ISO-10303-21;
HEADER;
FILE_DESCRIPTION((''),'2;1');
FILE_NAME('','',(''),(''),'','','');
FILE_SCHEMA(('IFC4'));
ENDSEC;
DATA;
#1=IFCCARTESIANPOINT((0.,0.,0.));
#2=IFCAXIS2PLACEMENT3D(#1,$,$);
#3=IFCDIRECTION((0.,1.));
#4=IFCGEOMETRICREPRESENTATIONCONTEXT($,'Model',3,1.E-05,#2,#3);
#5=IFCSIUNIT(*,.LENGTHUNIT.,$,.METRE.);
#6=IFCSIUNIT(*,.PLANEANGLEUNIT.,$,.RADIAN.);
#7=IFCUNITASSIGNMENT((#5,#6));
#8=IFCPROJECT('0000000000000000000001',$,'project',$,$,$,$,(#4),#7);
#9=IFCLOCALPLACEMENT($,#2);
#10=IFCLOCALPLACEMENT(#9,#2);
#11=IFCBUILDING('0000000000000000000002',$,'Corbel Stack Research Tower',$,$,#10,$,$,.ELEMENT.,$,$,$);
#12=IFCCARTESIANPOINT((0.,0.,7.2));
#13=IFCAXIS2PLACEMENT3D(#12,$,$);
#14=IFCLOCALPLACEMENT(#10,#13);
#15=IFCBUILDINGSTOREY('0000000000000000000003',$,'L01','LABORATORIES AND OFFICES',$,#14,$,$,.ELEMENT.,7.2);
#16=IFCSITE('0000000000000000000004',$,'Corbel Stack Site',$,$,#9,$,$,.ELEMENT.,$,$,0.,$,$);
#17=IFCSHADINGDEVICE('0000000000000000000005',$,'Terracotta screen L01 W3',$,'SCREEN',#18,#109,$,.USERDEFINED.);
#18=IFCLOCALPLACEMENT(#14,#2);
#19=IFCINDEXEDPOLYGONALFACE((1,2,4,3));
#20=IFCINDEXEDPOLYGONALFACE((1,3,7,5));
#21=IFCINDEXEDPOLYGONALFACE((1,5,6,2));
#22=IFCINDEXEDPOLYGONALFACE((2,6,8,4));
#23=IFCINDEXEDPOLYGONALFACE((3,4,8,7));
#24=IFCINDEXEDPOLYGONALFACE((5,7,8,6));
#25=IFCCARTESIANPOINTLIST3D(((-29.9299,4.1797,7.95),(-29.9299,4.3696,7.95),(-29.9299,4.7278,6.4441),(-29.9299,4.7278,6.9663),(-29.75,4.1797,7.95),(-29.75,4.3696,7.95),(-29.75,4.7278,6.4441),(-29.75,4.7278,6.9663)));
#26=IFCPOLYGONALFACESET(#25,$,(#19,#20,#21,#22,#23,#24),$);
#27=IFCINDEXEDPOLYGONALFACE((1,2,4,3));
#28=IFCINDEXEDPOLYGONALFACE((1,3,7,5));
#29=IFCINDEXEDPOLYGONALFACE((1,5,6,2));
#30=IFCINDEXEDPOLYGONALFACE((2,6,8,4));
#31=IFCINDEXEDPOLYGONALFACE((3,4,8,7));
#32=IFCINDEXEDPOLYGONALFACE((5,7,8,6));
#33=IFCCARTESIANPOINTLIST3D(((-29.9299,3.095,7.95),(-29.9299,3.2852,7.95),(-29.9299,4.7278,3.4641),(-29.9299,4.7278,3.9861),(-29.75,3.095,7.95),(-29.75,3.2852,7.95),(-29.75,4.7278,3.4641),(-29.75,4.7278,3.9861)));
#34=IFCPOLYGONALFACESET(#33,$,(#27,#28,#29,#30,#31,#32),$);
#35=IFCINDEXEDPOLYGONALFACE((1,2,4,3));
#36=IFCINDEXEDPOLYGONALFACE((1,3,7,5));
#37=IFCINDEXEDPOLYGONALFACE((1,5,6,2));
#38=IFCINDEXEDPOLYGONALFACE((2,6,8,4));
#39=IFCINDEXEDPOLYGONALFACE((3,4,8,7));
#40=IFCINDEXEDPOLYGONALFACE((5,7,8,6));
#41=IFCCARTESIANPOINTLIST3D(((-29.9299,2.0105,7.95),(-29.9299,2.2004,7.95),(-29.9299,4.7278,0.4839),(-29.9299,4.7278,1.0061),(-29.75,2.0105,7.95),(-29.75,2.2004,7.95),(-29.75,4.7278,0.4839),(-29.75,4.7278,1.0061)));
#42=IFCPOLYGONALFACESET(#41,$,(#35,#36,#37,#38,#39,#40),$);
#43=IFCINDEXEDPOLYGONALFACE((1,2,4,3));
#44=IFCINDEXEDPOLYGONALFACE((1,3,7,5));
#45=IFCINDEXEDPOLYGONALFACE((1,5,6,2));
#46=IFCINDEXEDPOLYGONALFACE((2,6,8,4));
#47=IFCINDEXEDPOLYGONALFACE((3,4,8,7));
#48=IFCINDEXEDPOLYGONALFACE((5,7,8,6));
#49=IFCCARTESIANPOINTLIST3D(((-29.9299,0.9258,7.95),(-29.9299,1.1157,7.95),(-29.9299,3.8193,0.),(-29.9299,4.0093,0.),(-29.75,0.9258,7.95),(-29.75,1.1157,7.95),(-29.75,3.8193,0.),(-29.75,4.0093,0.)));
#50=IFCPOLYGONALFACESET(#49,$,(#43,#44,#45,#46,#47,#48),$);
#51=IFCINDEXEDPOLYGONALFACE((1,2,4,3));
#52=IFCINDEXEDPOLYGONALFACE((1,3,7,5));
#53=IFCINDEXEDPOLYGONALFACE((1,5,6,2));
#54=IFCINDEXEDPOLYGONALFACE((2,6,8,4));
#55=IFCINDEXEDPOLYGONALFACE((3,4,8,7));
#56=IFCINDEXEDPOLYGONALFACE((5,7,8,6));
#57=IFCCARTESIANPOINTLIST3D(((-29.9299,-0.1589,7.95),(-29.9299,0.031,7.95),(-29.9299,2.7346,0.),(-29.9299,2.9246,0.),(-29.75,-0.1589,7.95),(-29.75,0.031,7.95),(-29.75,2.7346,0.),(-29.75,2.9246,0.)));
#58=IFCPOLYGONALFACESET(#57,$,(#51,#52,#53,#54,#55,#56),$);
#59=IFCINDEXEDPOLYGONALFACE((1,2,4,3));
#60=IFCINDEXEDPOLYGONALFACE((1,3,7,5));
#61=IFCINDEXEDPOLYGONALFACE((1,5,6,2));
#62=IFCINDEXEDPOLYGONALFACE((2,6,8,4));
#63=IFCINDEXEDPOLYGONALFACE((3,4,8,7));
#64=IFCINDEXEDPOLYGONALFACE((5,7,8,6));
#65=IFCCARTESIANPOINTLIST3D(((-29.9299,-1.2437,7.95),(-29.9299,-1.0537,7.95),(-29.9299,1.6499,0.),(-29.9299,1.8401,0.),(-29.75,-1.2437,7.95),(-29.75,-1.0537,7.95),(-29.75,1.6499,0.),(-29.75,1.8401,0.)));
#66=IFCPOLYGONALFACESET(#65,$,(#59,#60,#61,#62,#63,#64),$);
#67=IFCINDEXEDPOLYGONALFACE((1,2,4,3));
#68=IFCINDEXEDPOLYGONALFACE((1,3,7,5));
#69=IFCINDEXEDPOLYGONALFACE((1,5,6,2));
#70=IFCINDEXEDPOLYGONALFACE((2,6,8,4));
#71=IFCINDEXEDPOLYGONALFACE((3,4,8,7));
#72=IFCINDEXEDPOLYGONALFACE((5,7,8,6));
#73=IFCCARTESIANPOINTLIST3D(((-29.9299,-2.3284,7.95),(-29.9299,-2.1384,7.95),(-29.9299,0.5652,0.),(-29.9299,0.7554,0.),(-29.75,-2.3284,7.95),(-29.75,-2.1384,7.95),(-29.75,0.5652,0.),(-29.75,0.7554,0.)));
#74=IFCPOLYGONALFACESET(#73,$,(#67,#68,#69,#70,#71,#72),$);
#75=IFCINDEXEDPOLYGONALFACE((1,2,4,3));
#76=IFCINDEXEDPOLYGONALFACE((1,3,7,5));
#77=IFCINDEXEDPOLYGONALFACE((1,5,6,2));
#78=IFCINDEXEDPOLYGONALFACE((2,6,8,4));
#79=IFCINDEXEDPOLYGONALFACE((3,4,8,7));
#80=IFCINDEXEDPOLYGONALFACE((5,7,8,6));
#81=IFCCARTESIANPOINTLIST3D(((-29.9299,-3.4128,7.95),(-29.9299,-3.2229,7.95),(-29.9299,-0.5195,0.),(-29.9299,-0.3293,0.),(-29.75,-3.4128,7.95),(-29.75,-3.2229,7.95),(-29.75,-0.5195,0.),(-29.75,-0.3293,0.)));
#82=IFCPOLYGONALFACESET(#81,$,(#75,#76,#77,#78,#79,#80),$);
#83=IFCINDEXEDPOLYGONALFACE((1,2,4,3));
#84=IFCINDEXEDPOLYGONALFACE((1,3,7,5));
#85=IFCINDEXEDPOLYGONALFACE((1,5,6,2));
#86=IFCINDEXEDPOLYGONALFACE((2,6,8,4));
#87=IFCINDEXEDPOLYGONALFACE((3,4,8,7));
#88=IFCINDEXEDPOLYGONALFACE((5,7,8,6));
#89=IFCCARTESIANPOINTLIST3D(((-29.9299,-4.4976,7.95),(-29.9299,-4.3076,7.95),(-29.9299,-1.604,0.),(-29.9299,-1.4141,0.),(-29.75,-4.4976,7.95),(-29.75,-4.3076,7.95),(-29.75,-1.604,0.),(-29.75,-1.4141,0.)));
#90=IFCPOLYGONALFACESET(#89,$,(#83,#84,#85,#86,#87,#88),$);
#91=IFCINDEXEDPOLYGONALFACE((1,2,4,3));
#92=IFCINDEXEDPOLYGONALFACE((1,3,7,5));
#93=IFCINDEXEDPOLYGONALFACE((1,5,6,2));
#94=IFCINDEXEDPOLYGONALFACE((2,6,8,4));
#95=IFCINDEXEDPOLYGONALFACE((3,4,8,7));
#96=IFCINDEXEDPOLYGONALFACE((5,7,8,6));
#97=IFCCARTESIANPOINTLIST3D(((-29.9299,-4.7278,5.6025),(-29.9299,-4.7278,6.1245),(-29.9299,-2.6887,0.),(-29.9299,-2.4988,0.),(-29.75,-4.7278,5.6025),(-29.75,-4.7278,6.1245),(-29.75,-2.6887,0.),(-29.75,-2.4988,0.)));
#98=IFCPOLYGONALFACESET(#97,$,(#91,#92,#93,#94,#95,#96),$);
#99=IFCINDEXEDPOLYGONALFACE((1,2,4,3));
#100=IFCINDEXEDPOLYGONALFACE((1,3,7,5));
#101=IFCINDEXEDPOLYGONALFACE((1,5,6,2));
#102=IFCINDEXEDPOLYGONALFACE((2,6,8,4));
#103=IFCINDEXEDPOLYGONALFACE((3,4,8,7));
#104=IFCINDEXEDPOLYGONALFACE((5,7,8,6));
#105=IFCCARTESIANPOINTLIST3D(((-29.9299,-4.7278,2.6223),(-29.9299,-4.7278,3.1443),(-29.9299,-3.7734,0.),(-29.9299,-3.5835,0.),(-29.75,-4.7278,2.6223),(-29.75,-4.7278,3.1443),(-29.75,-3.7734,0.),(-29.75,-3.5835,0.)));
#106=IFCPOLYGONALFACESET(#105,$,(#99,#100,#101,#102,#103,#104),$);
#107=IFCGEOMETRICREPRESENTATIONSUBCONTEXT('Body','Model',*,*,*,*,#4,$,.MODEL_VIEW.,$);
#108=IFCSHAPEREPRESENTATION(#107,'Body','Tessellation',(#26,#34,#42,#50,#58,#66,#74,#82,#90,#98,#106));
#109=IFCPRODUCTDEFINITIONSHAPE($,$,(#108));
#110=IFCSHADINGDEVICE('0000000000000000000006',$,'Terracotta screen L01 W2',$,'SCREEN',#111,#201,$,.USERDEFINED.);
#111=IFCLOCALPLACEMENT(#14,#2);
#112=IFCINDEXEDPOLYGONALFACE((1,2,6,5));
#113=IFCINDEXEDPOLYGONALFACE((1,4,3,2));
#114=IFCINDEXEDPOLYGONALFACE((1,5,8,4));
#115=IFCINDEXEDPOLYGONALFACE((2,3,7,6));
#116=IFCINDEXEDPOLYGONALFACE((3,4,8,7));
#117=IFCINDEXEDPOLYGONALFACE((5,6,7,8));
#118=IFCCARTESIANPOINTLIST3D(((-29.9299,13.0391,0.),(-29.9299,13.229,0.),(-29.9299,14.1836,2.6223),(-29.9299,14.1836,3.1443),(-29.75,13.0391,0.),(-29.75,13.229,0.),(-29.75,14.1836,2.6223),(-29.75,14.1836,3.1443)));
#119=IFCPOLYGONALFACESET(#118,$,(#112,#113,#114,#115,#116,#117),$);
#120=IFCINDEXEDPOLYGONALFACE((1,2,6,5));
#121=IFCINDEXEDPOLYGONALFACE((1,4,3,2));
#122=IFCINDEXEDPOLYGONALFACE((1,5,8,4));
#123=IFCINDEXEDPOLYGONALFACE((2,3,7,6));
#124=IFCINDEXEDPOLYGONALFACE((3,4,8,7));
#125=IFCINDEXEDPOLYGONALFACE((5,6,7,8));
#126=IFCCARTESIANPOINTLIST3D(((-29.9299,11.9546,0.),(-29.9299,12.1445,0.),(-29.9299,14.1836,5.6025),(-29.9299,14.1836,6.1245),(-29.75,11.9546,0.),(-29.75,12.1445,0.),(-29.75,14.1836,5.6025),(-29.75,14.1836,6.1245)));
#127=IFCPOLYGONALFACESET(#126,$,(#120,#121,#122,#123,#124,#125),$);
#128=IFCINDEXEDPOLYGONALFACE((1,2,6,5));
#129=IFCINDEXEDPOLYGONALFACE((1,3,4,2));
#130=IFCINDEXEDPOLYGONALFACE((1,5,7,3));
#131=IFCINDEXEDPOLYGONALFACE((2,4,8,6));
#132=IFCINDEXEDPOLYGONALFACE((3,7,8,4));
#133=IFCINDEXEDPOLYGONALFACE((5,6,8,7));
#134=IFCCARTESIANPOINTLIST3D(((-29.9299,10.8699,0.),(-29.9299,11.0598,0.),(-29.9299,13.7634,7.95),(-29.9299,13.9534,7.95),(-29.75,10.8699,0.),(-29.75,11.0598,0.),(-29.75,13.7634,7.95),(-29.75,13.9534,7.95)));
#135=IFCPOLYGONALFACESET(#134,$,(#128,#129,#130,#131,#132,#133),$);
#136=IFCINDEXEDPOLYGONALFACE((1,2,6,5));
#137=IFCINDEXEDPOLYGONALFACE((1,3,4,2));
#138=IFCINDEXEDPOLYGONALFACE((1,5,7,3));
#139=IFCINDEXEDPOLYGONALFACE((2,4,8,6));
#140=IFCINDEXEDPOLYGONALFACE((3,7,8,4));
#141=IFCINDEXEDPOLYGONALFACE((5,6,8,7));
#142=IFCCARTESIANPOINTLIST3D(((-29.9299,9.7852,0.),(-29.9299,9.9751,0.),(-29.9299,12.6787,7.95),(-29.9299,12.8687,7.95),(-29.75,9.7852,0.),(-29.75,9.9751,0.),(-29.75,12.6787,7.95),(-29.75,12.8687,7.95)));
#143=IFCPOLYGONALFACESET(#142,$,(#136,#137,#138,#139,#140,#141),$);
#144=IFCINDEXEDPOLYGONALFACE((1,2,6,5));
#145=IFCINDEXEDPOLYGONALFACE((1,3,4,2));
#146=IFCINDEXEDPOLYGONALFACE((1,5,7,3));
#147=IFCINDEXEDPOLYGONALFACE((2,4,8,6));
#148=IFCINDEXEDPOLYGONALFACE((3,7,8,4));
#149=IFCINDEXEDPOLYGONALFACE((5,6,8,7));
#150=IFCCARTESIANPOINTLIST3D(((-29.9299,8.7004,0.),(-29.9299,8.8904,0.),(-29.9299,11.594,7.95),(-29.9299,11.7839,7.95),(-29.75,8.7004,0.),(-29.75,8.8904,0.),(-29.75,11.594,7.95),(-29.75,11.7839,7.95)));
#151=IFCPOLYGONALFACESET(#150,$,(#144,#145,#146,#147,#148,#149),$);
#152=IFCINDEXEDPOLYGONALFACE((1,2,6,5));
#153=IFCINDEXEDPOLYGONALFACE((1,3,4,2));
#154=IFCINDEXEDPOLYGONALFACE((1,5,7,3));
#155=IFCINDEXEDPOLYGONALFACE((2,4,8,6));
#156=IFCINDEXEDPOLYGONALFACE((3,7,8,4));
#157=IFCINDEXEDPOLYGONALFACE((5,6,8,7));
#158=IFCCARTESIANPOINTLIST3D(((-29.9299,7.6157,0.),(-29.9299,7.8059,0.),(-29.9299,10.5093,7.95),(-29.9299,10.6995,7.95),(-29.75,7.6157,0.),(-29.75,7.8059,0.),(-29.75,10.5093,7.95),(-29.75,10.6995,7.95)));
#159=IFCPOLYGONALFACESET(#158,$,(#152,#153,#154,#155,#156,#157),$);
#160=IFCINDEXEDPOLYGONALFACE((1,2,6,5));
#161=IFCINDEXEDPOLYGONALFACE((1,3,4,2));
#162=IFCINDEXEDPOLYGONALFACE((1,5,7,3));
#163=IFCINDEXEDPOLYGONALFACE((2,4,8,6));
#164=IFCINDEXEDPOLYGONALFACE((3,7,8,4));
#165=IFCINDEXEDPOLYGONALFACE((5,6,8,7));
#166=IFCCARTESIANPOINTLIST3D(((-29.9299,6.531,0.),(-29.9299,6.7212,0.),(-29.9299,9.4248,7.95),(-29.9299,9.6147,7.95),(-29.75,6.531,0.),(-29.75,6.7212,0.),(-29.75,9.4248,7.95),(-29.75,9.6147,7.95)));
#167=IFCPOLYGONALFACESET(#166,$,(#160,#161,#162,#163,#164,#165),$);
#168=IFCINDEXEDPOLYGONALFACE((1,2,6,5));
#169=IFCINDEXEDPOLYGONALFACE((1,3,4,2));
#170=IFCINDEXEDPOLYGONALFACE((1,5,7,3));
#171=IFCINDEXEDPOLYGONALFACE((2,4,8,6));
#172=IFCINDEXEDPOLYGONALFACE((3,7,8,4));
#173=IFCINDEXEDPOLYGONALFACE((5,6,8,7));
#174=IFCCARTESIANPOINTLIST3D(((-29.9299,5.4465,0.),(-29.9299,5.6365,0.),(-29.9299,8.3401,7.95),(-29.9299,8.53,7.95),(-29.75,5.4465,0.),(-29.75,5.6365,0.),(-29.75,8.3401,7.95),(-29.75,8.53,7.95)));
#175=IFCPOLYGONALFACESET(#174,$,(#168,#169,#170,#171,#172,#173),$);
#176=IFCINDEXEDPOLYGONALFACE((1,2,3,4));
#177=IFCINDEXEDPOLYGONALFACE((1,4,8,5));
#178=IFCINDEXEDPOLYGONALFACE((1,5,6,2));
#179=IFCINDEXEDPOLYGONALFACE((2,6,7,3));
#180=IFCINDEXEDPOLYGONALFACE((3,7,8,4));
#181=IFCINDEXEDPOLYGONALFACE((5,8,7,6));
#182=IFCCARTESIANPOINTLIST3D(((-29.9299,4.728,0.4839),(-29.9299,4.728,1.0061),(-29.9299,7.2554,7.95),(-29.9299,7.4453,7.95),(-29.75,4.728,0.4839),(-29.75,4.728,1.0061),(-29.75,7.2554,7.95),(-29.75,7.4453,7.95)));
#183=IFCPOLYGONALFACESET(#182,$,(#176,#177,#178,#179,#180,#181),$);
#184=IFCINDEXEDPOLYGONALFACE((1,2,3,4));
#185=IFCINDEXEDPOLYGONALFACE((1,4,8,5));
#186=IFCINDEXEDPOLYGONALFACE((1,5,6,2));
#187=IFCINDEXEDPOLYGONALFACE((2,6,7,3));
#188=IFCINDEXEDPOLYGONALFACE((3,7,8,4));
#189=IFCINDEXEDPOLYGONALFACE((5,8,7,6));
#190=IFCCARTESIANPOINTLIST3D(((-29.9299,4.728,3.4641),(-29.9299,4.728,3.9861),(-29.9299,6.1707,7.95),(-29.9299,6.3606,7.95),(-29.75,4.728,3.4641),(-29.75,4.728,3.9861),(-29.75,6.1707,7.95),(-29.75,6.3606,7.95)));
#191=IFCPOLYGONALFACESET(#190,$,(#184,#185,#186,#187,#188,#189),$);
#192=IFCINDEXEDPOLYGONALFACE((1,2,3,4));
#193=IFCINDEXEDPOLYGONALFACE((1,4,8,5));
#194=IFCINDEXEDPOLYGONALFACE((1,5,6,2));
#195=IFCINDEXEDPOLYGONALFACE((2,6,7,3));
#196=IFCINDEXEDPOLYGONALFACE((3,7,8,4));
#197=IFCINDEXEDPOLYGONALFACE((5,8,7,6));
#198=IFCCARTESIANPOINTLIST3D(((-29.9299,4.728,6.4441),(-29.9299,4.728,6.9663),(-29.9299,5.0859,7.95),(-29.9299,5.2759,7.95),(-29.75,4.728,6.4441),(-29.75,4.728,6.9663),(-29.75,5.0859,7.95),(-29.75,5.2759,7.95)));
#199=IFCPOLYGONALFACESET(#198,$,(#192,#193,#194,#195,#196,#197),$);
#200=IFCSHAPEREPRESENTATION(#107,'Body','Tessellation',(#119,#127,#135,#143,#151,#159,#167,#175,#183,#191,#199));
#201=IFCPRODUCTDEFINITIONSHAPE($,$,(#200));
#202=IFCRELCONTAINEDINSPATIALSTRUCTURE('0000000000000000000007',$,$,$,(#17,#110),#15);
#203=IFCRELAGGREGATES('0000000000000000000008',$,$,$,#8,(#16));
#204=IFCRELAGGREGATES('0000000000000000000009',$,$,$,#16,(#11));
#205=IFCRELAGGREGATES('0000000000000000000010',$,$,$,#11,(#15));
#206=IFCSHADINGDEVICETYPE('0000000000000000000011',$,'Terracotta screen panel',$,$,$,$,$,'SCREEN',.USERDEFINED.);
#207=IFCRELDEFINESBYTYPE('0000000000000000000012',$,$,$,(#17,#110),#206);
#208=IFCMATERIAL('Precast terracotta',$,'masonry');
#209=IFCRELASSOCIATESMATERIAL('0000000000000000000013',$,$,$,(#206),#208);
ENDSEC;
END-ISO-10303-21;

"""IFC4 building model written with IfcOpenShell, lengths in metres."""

from ifc_helpers import new_model, si_unit, direction, frame, origin, place, context, subcontext, project, spatial, polyline, outline, extrude, source, transform, mapped, material, type_object, element, save


model = new_model("IFC4")

# Units and contexts
model_context = context("Model", 3, precision=1e-05, world=origin(), true_north=direction((0.0, 1.0)))
body_context = subcontext(model_context, "Body", "Model", "MODEL_VIEW")
ifc_project = project(units=[si_unit("LENGTHUNIT", "METRE"), si_unit("PLANEANGLEUNIT", "RADIAN")], contexts=[model_context])

# Site, building, storey
site_placement = place(None, origin())
site = spatial("IfcSite", under=ifc_project, at=site_placement, Name="Corbel Stack Site", CompositionType="ELEMENT", RefElevation=0.0)
building_placement = place(site_placement, origin())
building = spatial("IfcBuilding", under=site, at=building_placement, Name="Corbel Stack Research Tower", CompositionType="ELEMENT")
storey_placement = place(building_placement, frame((0.0, 0.0, 7.2)))
storey = spatial("IfcBuildingStorey", under=building, at=storey_placement, Name="L01", Description="LABORATORIES AND OFFICES", CompositionType="ELEMENT", Elevation=7.2)

# Shading devices
ifc_material_1 = material(Name="Precast terracotta", Category="masonry")
shading_device_type = type_object("IfcShadingDeviceType", Name="Terracotta screen panel", ElementType="SCREEN", PredefinedType="USERDEFINED", material=ifc_material_1)
shared_shape_1 = source(origin(), body_context, "Body", "SweptSolid", [
    extrude(outline(polyline([(0.5481, 7.95), (0.3582, 7.95), (0.0, 6.9663), (0.0, 6.4441), (0.5481, 7.95)])), frame((0.0, 0.0, 0.0), z_axis=(0.0, -1.0, 0.0), x_axis=(1.0, 0.0, 0.0)), (0.0, 0.0, 1.0), 0.1799),
    extrude(outline(polyline([(1.6328, 7.95), (1.4426, 7.95), (0.0, 3.9861), (0.0, 3.4641), (1.6328, 7.95)])), frame((0.0, 0.0, 0.0), z_axis=(0.0, -1.0, 0.0), x_axis=(1.0, 0.0, 0.0)), (0.0, 0.0, 1.0), 0.1799),
    extrude(outline(polyline([(2.7173, 7.95), (2.5273, 7.95), (0.0, 1.0061), (0.0, 0.4839), (2.7173, 7.95)])), frame((0.0, 0.0, 0.0), z_axis=(0.0, -1.0, 0.0), x_axis=(1.0, 0.0, 0.0)), (0.0, 0.0, 1.0), 0.1799),
    extrude(outline(polyline([(0.9084, 0.0), (3.802, 7.95), (3.6121, 7.95), (0.7185, 0.0), (0.9084, 0.0)])), frame((0.0, 0.0, 0.0), z_axis=(0.0, -1.0, 0.0), x_axis=(1.0, 0.0, 0.0)), (0.0, 0.0, 1.0), 0.1799),
    extrude(outline(polyline([(1.9932, 0.0), (4.8867, 7.95), (4.6968, 7.95), (1.8032, 0.0), (1.9932, 0.0)])), frame((0.0, 0.0, 0.0), z_axis=(0.0, -1.0, 0.0), x_axis=(1.0, 0.0, 0.0)), (0.0, 0.0, 1.0), 0.1799),
    extrude(outline(polyline([(3.0779, 0.0), (5.9714, 7.95), (5.7815, 7.95), (2.8877, 0.0), (3.0779, 0.0)])), frame((0.0, 0.0, 0.0), z_axis=(0.0, -1.0, 0.0), x_axis=(1.0, 0.0, 0.0)), (0.0, 0.0, 1.0), 0.1799),
    extrude(outline(polyline([(4.1626, 0.0), (7.0562, 7.95), (6.8662, 7.95), (3.9724, 0.0), (4.1626, 0.0)])), frame((0.0, 0.0, 0.0), z_axis=(0.0, -1.0, 0.0), x_axis=(1.0, 0.0, 0.0)), (0.0, 0.0, 1.0), 0.1799),
    extrude(outline(polyline([(5.2473, 0.0), (8.1406, 7.95), (7.9507, 7.95), (5.0571, 0.0), (5.2473, 0.0)])), frame((0.0, 0.0, 0.0), z_axis=(0.0, -1.0, 0.0), x_axis=(1.0, 0.0, 0.0)), (0.0, 0.0, 1.0), 0.1799),
    extrude(outline(polyline([(6.3318, 0.0), (9.2253, 7.95), (9.0354, 7.95), (6.1418, 0.0), (6.3318, 0.0)])), frame((0.0, 0.0, 0.0), z_axis=(0.0, -1.0, 0.0), x_axis=(1.0, 0.0, 0.0)), (0.0, 0.0, 1.0), 0.1799),
    extrude(outline(polyline([(7.4165, 0.0), (9.4556, 5.6025), (9.4556, 6.1245), (7.2266, 0.0), (7.4165, 0.0)])), frame((0.0, 0.0, 0.0), z_axis=(0.0, -1.0, 0.0), x_axis=(1.0, 0.0, 0.0)), (0.0, 0.0, 1.0), 0.1799),
    extrude(outline(polyline([(8.5012, 0.0), (9.4556, 2.6223), (9.4556, 3.1443), (8.3113, 0.0), (8.5012, 0.0)])), frame((0.0, 0.0, 0.0), z_axis=(0.0, -1.0, 0.0), x_axis=(1.0, 0.0, 0.0)), (0.0, 0.0, 1.0), 0.1799),
])
shading_device_1_placement = place(storey_placement, frame((-29.75, 4.7278, 0.0), z_axis=(0.0, 0.0, 1.0), x_axis=(0.0, -1.0, 0.0)))
element("IfcShadingDevice", 1, at=shading_device_1_placement, inside=storey, type_object=shading_device_type, Name="Terracotta screen L01 W3", ObjectType="SCREEN", PredefinedType="USERDEFINED", context=body_context, shape_type="MappedRepresentation", body=[
    mapped(shared_shape_1, transform((0.0, 0.0, 0.0))),
])
shared_shape_2 = source(origin(), body_context, "Body", "SweptSolid", [
    extrude(outline(polyline([(1.1445, 0.0), (0.0, 3.1443), (0.0, 2.6223), (0.9546, 0.0), (1.1445, 0.0)])), frame((0.0, 0.0, 0.0), z_axis=(0.0, -1.0, 0.0), x_axis=(1.0, 0.0, 0.0)), (0.0, 0.0, 1.0), 0.1799),
    extrude(outline(polyline([(2.229, 0.0), (0.0, 6.1245), (0.0, 5.6025), (2.0391, 0.0), (2.229, 0.0)])), frame((0.0, 0.0, 0.0), z_axis=(0.0, -1.0, 0.0), x_axis=(1.0, 0.0, 0.0)), (0.0, 0.0, 1.0), 0.1799),
    extrude(outline(polyline([(3.3137, 0.0), (0.4202, 7.95), (0.2302, 7.95), (3.1238, 0.0), (3.3137, 0.0)])), frame((0.0, 0.0, 0.0), z_axis=(0.0, -1.0, 0.0), x_axis=(1.0, 0.0, 0.0)), (0.0, 0.0, 1.0), 0.1799),
    extrude(outline(polyline([(4.3984, 0.0), (1.5049, 7.95), (1.3149, 7.95), (4.2085, 0.0), (4.3984, 0.0)])), frame((0.0, 0.0, 0.0), z_axis=(0.0, -1.0, 0.0), x_axis=(1.0, 0.0, 0.0)), (0.0, 0.0, 1.0), 0.1799),
    extrude(outline(polyline([(5.4832, 0.0), (2.5896, 7.95), (2.3997, 7.95), (5.2932, 0.0), (5.4832, 0.0)])), frame((0.0, 0.0, 0.0), z_axis=(0.0, -1.0, 0.0), x_axis=(1.0, 0.0, 0.0)), (0.0, 0.0, 1.0), 0.1799),
    extrude(outline(polyline([(6.5679, 0.0), (3.6743, 7.95), (3.4841, 7.95), (6.3777, 0.0), (6.5679, 0.0)])), frame((0.0, 0.0, 0.0), z_axis=(0.0, -1.0, 0.0), x_axis=(1.0, 0.0, 0.0)), (0.0, 0.0, 1.0), 0.1799),
    extrude(outline(polyline([(7.6526, 0.0), (4.7588, 7.95), (4.5688, 7.95), (7.4624, 0.0), (7.6526, 0.0)])), frame((0.0, 0.0, 0.0), z_axis=(0.0, -1.0, 0.0), x_axis=(1.0, 0.0, 0.0)), (0.0, 0.0, 1.0), 0.1799),
    extrude(outline(polyline([(8.7371, 0.0), (5.8435, 7.95), (5.6536, 7.95), (8.5471, 0.0), (8.7371, 0.0)])), frame((0.0, 0.0, 0.0), z_axis=(0.0, -1.0, 0.0), x_axis=(1.0, 0.0, 0.0)), (0.0, 0.0, 1.0), 0.1799),
    extrude(outline(polyline([(6.9282, 7.95), (6.7383, 7.95), (9.4556, 0.4839), (9.4556, 1.0061), (6.9282, 7.95)])), frame((0.0, 0.0, 0.0), z_axis=(0.0, -1.0, 0.0), x_axis=(1.0, 0.0, 0.0)), (0.0, 0.0, 1.0), 0.1799),
    extrude(outline(polyline([(8.0129, 7.95), (7.823, 7.95), (9.4556, 3.4641), (9.4556, 3.9861), (8.0129, 7.95)])), frame((0.0, 0.0, 0.0), z_axis=(0.0, -1.0, 0.0), x_axis=(1.0, 0.0, 0.0)), (0.0, 0.0, 1.0), 0.1799),
    extrude(outline(polyline([(9.0977, 7.95), (8.9077, 7.95), (9.4556, 6.4441), (9.4556, 6.9663), (9.0977, 7.95)])), frame((0.0, 0.0, 0.0), z_axis=(0.0, -1.0, 0.0), x_axis=(1.0, 0.0, 0.0)), (0.0, 0.0, 1.0), 0.1799),
])
shading_device_2_placement = place(storey_placement, frame((-29.75, 14.1836, 0.0), z_axis=(0.0, 0.0, 1.0), x_axis=(0.0, -1.0, 0.0)))
element("IfcShadingDevice", 2, at=shading_device_2_placement, inside=storey, type_object=shading_device_type, Name="Terracotta screen L01 W2", ObjectType="SCREEN", PredefinedType="USERDEFINED", context=body_context, shape_type="MappedRepresentation", body=[
    mapped(shared_shape_2, transform((0.0, 0.0, 0.0))),
])

save(model, "model.ifc")
